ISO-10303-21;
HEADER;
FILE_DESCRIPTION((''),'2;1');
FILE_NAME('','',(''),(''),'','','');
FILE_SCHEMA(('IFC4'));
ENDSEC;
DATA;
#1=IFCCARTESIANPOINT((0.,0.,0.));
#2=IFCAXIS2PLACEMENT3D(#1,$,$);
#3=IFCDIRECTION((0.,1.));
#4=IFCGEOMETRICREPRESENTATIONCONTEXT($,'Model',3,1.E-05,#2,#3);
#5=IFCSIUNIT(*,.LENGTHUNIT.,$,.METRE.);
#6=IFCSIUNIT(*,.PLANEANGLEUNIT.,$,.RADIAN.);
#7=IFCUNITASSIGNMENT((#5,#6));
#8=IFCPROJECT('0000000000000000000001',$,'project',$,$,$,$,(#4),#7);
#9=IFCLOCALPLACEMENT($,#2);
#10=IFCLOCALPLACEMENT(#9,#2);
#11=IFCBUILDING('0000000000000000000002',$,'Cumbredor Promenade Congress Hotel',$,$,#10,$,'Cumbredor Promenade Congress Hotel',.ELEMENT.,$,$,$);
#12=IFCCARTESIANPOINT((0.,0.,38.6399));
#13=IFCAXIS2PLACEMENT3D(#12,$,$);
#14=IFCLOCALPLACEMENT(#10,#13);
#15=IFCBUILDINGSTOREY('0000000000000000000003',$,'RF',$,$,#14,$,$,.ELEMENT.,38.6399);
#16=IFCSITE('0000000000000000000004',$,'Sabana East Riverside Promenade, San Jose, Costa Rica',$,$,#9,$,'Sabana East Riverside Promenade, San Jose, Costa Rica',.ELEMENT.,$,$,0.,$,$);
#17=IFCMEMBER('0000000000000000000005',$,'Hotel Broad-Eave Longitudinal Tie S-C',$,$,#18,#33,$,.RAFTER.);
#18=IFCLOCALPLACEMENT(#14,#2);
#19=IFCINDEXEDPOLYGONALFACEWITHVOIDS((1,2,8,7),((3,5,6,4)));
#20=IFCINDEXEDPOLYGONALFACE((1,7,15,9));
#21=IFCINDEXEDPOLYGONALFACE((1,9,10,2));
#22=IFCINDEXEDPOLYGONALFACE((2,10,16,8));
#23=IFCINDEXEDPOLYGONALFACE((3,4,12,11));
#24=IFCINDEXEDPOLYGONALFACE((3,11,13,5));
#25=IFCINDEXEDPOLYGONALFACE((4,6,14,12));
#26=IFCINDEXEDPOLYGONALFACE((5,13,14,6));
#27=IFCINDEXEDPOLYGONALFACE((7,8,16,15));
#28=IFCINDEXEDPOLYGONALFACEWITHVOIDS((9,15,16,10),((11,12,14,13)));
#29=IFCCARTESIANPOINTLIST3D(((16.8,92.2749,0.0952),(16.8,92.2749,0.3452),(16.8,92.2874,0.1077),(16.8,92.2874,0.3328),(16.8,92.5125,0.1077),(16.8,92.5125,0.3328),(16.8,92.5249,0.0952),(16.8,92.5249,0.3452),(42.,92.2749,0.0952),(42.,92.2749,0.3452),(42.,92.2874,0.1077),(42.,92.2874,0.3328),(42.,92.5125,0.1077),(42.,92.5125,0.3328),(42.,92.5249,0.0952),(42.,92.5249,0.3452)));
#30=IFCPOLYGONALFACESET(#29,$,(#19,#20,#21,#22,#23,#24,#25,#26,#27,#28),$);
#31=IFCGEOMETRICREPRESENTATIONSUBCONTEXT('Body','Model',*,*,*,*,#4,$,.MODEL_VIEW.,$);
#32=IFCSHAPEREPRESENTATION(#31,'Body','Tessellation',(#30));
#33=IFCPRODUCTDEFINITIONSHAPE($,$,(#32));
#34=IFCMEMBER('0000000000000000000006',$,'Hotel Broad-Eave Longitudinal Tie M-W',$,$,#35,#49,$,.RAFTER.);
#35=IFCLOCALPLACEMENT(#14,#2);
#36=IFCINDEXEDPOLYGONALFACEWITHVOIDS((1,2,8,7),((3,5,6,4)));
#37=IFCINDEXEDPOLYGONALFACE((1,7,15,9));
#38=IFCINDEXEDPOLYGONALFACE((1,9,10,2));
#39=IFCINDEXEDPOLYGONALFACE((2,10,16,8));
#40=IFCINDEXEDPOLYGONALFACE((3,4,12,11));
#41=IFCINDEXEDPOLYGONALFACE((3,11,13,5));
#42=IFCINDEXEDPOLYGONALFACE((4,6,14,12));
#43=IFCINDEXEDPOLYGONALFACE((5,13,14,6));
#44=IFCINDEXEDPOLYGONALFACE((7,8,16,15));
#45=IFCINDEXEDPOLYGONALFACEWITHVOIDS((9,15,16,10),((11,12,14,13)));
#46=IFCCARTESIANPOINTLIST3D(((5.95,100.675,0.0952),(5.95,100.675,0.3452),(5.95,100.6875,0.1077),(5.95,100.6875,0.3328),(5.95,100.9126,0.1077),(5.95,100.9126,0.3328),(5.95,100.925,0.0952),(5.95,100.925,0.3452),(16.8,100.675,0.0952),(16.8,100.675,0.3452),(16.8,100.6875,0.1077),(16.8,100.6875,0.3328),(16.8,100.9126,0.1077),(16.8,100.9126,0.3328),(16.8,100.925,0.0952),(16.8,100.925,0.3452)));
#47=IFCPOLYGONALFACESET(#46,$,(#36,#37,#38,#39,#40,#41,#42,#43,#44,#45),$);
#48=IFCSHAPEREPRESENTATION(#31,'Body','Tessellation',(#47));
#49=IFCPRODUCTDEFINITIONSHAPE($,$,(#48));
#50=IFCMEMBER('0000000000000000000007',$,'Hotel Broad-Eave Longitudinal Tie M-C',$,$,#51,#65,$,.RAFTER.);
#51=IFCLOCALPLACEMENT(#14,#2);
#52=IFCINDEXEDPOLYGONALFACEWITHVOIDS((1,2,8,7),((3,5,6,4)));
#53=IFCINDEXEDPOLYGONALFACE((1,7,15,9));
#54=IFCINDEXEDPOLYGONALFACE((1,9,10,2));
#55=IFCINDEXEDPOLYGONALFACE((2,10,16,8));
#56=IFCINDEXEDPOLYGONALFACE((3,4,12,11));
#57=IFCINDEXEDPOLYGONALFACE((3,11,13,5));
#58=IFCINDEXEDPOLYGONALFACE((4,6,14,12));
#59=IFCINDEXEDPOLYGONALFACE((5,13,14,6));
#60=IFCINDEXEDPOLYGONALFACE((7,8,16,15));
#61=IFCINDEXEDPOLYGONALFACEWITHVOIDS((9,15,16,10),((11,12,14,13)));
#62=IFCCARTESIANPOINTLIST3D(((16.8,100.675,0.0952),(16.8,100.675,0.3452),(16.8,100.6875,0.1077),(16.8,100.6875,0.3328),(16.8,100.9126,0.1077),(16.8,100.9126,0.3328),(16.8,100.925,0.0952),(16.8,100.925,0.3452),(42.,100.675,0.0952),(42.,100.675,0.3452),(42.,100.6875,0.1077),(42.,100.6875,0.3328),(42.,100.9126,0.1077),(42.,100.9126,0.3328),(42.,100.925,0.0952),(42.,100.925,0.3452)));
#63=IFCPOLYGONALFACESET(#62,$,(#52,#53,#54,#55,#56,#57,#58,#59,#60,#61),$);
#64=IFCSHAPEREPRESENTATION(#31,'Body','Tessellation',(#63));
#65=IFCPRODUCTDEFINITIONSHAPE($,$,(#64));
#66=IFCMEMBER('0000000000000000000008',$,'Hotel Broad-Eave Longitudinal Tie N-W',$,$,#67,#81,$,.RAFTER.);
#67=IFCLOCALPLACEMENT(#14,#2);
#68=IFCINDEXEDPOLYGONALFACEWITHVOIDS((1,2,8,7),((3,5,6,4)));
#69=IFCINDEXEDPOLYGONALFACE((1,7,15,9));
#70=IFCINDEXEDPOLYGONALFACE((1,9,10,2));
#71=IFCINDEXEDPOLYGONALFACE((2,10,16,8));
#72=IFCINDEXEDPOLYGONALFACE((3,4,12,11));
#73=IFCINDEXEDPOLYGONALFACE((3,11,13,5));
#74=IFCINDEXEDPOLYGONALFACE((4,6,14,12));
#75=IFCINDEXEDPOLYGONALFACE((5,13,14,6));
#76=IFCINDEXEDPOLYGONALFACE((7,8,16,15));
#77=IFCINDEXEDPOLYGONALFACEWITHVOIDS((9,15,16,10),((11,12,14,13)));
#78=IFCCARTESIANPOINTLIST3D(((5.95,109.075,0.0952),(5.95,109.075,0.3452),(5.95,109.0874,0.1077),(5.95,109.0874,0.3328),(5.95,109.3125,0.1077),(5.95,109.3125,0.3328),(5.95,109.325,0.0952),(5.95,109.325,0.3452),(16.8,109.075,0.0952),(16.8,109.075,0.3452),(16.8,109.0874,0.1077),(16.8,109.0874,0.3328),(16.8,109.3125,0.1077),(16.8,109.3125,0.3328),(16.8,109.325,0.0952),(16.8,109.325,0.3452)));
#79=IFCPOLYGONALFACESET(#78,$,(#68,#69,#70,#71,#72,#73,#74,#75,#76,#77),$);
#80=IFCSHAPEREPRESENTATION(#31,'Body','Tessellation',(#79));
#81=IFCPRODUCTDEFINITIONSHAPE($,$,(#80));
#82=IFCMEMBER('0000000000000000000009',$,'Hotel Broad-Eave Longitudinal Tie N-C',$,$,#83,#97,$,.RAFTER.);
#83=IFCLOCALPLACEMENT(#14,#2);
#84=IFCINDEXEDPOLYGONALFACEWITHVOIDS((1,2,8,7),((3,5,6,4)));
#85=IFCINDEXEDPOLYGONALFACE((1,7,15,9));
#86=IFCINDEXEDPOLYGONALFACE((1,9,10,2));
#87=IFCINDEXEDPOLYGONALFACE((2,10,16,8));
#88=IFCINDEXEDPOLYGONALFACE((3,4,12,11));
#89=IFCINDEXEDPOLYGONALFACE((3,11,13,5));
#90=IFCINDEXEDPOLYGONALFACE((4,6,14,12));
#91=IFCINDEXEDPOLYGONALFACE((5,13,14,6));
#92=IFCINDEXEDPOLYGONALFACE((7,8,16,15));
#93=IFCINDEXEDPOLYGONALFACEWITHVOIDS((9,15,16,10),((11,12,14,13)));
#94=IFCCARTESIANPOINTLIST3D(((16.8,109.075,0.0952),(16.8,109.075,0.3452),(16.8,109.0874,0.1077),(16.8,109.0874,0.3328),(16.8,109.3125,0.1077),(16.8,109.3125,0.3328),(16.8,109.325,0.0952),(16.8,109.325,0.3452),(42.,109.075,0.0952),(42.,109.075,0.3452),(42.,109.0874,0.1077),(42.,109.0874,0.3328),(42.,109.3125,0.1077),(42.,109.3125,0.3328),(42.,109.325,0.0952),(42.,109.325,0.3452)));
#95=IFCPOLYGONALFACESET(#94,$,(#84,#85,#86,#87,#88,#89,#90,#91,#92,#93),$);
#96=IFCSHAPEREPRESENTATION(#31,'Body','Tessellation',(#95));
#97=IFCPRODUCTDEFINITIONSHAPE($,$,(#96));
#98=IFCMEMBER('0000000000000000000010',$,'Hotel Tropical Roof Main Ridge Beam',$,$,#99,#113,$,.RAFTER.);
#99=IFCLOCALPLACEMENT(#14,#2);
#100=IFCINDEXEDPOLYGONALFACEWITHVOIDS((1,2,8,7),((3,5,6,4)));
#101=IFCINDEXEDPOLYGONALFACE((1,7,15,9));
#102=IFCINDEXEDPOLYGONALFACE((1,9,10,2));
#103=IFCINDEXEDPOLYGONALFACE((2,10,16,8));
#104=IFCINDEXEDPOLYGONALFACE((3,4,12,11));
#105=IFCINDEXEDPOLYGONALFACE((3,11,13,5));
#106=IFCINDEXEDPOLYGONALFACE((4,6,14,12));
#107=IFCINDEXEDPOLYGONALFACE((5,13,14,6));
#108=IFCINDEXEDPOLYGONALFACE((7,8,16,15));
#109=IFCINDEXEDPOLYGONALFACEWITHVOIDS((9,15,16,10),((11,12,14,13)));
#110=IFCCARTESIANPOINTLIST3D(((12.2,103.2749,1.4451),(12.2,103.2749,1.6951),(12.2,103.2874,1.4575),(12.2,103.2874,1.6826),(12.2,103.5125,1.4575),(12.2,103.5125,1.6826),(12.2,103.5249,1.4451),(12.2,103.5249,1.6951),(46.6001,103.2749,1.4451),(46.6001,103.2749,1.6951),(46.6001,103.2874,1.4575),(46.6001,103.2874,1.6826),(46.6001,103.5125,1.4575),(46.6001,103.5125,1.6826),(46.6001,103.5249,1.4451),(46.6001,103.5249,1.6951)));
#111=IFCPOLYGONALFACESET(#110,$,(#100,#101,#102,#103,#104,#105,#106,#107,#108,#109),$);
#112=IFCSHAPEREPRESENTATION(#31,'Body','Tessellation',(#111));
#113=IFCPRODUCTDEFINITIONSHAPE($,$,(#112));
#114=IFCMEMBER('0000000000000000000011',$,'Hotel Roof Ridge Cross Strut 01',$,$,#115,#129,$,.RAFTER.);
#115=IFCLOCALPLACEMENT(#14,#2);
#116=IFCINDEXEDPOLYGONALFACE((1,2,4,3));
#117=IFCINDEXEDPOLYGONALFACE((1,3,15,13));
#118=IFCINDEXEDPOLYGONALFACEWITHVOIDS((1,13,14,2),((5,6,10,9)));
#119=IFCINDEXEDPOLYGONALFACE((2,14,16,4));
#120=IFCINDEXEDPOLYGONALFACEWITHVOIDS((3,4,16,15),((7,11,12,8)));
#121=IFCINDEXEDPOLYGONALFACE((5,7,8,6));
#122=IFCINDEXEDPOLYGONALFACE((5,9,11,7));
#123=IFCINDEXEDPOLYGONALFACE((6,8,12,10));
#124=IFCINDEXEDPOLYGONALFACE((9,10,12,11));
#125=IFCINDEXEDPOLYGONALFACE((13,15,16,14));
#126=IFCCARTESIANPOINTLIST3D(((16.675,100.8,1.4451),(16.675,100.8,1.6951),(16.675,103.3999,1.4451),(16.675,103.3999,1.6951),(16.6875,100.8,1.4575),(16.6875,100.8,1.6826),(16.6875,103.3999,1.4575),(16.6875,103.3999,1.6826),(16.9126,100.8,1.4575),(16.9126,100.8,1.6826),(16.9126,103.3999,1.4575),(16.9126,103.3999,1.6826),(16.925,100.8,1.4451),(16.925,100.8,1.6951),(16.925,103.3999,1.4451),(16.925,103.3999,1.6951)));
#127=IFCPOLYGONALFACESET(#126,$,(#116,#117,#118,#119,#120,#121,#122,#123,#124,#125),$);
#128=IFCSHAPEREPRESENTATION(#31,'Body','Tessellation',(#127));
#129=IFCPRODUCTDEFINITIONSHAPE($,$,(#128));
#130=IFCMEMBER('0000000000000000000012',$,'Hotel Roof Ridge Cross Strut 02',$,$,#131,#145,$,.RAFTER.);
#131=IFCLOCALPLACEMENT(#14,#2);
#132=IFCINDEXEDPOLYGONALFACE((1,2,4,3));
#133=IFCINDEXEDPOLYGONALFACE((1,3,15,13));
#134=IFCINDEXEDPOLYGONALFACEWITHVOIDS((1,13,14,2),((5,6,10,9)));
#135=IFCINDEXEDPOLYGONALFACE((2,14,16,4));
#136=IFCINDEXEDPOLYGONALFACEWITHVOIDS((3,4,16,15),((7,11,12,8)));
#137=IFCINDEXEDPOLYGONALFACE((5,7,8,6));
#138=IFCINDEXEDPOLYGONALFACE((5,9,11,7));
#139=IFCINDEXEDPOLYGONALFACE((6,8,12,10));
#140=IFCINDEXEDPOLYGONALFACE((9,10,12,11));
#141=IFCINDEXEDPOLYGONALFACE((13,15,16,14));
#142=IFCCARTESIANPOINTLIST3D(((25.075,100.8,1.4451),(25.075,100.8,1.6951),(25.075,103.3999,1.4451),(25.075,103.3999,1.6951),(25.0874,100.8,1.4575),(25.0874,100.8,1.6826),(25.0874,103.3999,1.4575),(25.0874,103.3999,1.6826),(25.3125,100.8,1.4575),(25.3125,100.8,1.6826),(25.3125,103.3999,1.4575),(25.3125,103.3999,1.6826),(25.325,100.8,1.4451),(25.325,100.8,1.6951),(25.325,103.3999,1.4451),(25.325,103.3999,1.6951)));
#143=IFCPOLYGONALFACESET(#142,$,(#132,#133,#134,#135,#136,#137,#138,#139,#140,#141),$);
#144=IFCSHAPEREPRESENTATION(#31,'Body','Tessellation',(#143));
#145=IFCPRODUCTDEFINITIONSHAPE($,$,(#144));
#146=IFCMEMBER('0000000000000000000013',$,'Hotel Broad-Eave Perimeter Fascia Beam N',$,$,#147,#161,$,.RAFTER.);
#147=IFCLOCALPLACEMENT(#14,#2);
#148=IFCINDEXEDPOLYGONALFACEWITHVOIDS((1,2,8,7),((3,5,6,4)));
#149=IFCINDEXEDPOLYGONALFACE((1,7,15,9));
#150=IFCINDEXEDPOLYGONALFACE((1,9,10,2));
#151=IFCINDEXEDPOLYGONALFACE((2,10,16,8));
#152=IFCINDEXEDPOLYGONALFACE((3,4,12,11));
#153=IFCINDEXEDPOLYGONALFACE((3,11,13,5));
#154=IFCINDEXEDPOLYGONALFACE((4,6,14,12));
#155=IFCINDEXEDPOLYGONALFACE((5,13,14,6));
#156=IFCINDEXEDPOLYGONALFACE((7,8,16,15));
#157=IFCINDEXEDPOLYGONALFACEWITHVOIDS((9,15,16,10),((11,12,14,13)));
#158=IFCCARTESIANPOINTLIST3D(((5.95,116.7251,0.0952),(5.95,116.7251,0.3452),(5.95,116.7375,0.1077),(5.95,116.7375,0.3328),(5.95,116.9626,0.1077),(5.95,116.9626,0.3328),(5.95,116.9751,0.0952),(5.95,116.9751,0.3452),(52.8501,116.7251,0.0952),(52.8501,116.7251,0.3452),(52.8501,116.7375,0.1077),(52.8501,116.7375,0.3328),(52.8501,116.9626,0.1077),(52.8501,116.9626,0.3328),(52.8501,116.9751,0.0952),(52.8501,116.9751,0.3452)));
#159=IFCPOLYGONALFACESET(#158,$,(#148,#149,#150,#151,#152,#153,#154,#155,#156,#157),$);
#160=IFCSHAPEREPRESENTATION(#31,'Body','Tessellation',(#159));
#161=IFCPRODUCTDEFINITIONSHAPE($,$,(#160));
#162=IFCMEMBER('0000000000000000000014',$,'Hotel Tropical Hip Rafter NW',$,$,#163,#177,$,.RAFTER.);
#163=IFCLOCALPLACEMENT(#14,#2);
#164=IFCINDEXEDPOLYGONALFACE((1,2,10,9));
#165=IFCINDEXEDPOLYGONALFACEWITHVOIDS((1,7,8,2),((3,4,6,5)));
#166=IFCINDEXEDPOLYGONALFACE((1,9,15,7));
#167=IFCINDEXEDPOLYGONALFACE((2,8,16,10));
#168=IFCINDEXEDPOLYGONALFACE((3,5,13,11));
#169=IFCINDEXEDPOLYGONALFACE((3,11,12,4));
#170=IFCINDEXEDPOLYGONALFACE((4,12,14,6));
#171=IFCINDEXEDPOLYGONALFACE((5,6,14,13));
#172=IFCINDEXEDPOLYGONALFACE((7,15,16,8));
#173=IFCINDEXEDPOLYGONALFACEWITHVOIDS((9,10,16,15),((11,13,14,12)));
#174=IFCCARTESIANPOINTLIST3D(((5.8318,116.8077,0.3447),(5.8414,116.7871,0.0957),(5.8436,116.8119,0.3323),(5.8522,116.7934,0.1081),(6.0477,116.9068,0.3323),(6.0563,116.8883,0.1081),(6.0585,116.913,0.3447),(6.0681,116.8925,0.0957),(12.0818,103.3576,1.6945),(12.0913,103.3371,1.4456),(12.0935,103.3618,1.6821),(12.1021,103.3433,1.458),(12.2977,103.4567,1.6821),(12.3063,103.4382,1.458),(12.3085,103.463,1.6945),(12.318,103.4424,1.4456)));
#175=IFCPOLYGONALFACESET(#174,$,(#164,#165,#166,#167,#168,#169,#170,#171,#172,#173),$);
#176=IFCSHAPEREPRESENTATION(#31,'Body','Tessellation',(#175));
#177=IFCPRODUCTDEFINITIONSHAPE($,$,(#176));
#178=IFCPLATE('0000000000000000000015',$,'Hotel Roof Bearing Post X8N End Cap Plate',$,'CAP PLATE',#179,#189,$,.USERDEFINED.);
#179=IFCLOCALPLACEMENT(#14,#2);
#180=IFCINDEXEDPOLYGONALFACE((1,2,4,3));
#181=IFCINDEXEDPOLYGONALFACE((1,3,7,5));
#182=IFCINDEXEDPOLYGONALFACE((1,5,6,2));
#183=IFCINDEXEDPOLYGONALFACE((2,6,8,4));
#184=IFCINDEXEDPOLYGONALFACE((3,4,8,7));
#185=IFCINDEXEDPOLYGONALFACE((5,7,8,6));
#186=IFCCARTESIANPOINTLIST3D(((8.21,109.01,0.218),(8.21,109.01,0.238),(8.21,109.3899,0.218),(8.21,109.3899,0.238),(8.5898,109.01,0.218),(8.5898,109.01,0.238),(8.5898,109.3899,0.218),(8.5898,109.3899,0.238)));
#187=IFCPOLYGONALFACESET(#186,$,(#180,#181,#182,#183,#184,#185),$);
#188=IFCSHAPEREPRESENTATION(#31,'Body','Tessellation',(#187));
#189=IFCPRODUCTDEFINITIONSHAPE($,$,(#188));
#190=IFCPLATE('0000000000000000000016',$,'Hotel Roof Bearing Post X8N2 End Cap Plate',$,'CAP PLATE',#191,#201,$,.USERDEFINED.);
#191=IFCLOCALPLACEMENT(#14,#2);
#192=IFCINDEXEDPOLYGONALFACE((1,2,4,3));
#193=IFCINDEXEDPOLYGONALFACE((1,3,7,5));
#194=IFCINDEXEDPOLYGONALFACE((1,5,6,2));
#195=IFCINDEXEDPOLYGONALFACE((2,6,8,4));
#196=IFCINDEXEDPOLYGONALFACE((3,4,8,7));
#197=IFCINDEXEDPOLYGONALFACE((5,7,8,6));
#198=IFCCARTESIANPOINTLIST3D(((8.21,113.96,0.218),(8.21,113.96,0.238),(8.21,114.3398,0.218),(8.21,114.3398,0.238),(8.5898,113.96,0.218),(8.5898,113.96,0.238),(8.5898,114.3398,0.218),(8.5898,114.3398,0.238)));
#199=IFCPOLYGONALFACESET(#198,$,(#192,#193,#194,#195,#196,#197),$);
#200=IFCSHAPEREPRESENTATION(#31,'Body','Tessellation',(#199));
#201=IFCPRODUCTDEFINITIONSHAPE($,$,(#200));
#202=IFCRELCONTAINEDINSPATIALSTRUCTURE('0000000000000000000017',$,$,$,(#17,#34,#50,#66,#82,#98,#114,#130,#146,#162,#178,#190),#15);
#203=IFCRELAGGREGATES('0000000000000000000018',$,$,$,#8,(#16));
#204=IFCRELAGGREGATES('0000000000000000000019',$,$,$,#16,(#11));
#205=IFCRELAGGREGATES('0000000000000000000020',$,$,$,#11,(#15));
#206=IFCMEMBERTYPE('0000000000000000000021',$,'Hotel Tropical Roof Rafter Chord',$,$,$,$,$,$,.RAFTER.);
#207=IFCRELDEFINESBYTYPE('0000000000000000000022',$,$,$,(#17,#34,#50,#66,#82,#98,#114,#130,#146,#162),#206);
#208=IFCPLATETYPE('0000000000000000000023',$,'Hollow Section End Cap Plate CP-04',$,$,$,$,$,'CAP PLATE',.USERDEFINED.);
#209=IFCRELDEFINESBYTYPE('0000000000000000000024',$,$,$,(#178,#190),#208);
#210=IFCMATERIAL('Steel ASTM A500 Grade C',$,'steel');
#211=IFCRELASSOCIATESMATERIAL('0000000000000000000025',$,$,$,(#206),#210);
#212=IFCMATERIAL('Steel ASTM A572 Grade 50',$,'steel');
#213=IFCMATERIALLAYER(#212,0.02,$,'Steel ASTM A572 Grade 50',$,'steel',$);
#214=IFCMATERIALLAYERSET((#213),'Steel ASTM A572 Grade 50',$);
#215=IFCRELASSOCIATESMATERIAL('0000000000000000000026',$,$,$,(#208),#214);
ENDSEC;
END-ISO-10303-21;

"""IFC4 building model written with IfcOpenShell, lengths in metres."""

from ifc_helpers import new_model, si_unit, direction, frame, origin, origin_2d, place, context, subcontext, project, spatial, rectangle, hollow_rectangle, extrude, material, layer, layer_set, material_profile, profile_set, type_object, element, save


model = new_model("IFC4")

# Units and contexts
model_context = context("Model", 3, precision=1e-05, world=origin(), true_north=direction((0.0, 1.0)))
body_context = subcontext(model_context, "Body", "Model", "MODEL_VIEW")
ifc_project = project(units=[si_unit("LENGTHUNIT", "METRE"), si_unit("PLANEANGLEUNIT", "RADIAN")], contexts=[model_context])

# Site, building, storey
site_placement = place(None, origin())
site = spatial("IfcSite", under=ifc_project, at=site_placement, Name="Sabana East Riverside Promenade, San Jose, Costa Rica", LongName="Sabana East Riverside Promenade, San Jose, Costa Rica", CompositionType="ELEMENT", RefElevation=0.0)
building_placement = place(site_placement, origin())
building = spatial("IfcBuilding", under=site, at=building_placement, Name="Cumbredor Promenade Congress Hotel", LongName="Cumbredor Promenade Congress Hotel", CompositionType="ELEMENT")
storey_placement = place(building_placement, frame((0.0, 0.0, 38.6399)))
storey = spatial("IfcBuildingStorey", under=building, at=storey_placement, Name="RF", CompositionType="ELEMENT", Elevation=38.6399)

# Shared definitions
ifc_material_1 = material(Name="Steel ASTM A500 Grade C", Category="steel")

# Members
ifc_material_profile_1 = material_profile(ifc_material_1, hollow_rectangle(XDim=0.25, YDim=0.25, WallThickness=0.0125, at=origin_2d()), Name="HSS 250x250x12.5")
ifc_profile_set_1 = profile_set([ifc_material_profile_1], Name="Steel ASTM A500 Grade C")
member_type = type_object("IfcMemberType", Name="Hotel Tropical Roof Rafter Chord", PredefinedType="RAFTER", material=ifc_profile_set_1)
member_1_placement = place(storey_placement, frame((16.8, 92.3999, 0.2202), z_axis=(1.0, 0.0, 0.0), x_axis=(0.0, 1.0, 0.0)))
element("IfcMember", 1, at=member_1_placement, inside=storey, type_object=member_type, Name="Hotel Broad-Eave Longitudinal Tie S-C", PredefinedType="RAFTER", context=body_context, shape_type="SweptSolid", body=[
    extrude(hollow_rectangle(XDim=0.25, YDim=0.25, WallThickness=0.0125, at=origin_2d()), origin(), (0.0, 0.0, 1.0), 25.2),
])
member_2_placement = place(storey_placement, frame((5.95, 100.8, 0.2202), z_axis=(1.0, 0.0, 0.0), x_axis=(0.0, 1.0, 0.0)))
element("IfcMember", 2, at=member_2_placement, inside=storey, type_object=member_type, Name="Hotel Broad-Eave Longitudinal Tie M-W", PredefinedType="RAFTER", context=body_context, shape_type="SweptSolid", body=[
    extrude(hollow_rectangle(XDim=0.25, YDim=0.25, WallThickness=0.0125, at=origin_2d()), origin(), (0.0, 0.0, 1.0), 10.8501),
])
member_3_placement = place(storey_placement, frame((16.8, 100.8, 0.2202), z_axis=(1.0, 0.0, 0.0), x_axis=(0.0, 1.0, 0.0)))
element("IfcMember", 3, at=member_3_placement, inside=storey, type_object=member_type, Name="Hotel Broad-Eave Longitudinal Tie M-C", PredefinedType="RAFTER", context=body_context, shape_type="SweptSolid", body=[
    extrude(hollow_rectangle(XDim=0.25, YDim=0.25, WallThickness=0.0125, at=origin_2d()), origin(), (0.0, 0.0, 1.0), 25.2),
])
member_4_placement = place(storey_placement, frame((5.95, 109.2, 0.2202), z_axis=(1.0, 0.0, 0.0), x_axis=(0.0, 1.0, 0.0)))
element("IfcMember", 4, at=member_4_placement, inside=storey, type_object=member_type, Name="Hotel Broad-Eave Longitudinal Tie N-W", PredefinedType="RAFTER", context=body_context, shape_type="SweptSolid", body=[
    extrude(hollow_rectangle(XDim=0.25, YDim=0.25, WallThickness=0.0125, at=origin_2d()), origin(), (0.0, 0.0, 1.0), 10.8501),
])
member_5_placement = place(storey_placement, frame((16.8, 109.2, 0.2202), z_axis=(1.0, 0.0, 0.0), x_axis=(0.0, 1.0, 0.0)))
element("IfcMember", 5, at=member_5_placement, inside=storey, type_object=member_type, Name="Hotel Broad-Eave Longitudinal Tie N-C", PredefinedType="RAFTER", context=body_context, shape_type="SweptSolid", body=[
    extrude(hollow_rectangle(XDim=0.25, YDim=0.25, WallThickness=0.0125, at=origin_2d()), origin(), (0.0, 0.0, 1.0), 25.2),
])
member_6_placement = place(storey_placement, frame((12.2, 103.3999, 1.5701), z_axis=(1.0, 0.0, 0.0), x_axis=(0.0, 1.0, 0.0)))
element("IfcMember", 6, at=member_6_placement, inside=storey, type_object=member_type, Name="Hotel Tropical Roof Main Ridge Beam", PredefinedType="RAFTER", context=body_context, shape_type="SweptSolid", body=[
    extrude(hollow_rectangle(XDim=0.25, YDim=0.25, WallThickness=0.0125, at=origin_2d()), origin(), (0.0, 0.0, 1.0), 34.4001),
])
for number, where, z_axis, x_axis, name in (
    (7, (16.8, 100.8, 1.5701), (0.0, 1.0, 0.0), (-1.0, 0.0, 0.0), "Hotel Roof Ridge Cross Strut 01"),
    (8, (25.2, 100.8, 1.5701), (0.0, 1.0, 0.0), (-1.0, 0.0, 0.0), "Hotel Roof Ridge Cross Strut 02"),
):
    element("IfcMember", number, at=place(storey_placement, frame(where, z_axis=z_axis, x_axis=x_axis)), inside=storey, type_object=member_type, Name=name, PredefinedType="RAFTER", context=body_context, shape_type="SweptSolid", body=[
        extrude(hollow_rectangle(XDim=0.25, YDim=0.25, WallThickness=0.0125, at=origin_2d()), origin(), (0.0, 0.0, 1.0), 2.5999),
    ])
member_7_placement = place(storey_placement, frame((5.95, 116.8501, 0.2202), z_axis=(1.0, 0.0, 0.0), x_axis=(0.0, 1.0, 0.0)))
element("IfcMember", 9, at=member_7_placement, inside=storey, type_object=member_type, Name="Hotel Broad-Eave Perimeter Fascia Beam N", PredefinedType="RAFTER", context=body_context, shape_type="SweptSolid", body=[
    extrude(hollow_rectangle(XDim=0.25, YDim=0.25, WallThickness=0.0125, at=origin_2d()), origin(), (0.0, 0.0, 1.0), 46.9001),
])
member_8_placement = place(storey_placement, frame((5.95, 116.8501, 0.2202), z_axis=(0.419669, -0.90314, 0.090639), x_axis=(0.906873, 0.421403, 0.0)))
element("IfcMember", 10, at=member_8_placement, inside=storey, type_object=member_type, Name="Hotel Tropical Hip Rafter NW", PredefinedType="RAFTER", context=body_context, shape_type="SweptSolid", body=[
    extrude(hollow_rectangle(XDim=0.25, YDim=0.25, WallThickness=0.0125, at=origin_2d()), origin(), (0.0, 0.0, 1.0), 14.8926),
])

# Plates
ifc_material_2 = material(Name="Steel ASTM A572 Grade 50", Category="steel")
ifc_layer_1 = layer(ifc_material_2, 0.02, Name="Steel ASTM A572 Grade 50", Category="steel")
ifc_layer_set_1 = layer_set([ifc_layer_1], Name="Steel ASTM A572 Grade 50")
plate_type_1 = type_object("IfcPlateType", Name="Hollow Section End Cap Plate CP-04", ElementType="CAP PLATE", PredefinedType="USERDEFINED", material=ifc_layer_set_1)
for number, where, z_axis, x_axis, name in (
    (11, (8.3999, 109.2, 0.218), (0.0, 0.0, 1.0), (1.0, 0.0, 0.0), "Hotel Roof Bearing Post X8N End Cap Plate"),
    (12, (8.3999, 114.1499, 0.218), (0.0, 0.0, 1.0), (1.0, 0.0, 0.0), "Hotel Roof Bearing Post X8N2 End Cap Plate"),
):
    element("IfcPlate", number, at=place(storey_placement, frame(where, z_axis=z_axis, x_axis=x_axis)), inside=storey, type_object=plate_type_1, Name=name, ObjectType="CAP PLATE", PredefinedType="USERDEFINED", context=body_context, shape_type="SweptSolid", body=[
        extrude(rectangle(XDim=0.3799, YDim=0.3799, at=origin_2d()), origin(), (0.0, 0.0, 1.0), 0.02),
    ])

save(model, "model.ifc")
